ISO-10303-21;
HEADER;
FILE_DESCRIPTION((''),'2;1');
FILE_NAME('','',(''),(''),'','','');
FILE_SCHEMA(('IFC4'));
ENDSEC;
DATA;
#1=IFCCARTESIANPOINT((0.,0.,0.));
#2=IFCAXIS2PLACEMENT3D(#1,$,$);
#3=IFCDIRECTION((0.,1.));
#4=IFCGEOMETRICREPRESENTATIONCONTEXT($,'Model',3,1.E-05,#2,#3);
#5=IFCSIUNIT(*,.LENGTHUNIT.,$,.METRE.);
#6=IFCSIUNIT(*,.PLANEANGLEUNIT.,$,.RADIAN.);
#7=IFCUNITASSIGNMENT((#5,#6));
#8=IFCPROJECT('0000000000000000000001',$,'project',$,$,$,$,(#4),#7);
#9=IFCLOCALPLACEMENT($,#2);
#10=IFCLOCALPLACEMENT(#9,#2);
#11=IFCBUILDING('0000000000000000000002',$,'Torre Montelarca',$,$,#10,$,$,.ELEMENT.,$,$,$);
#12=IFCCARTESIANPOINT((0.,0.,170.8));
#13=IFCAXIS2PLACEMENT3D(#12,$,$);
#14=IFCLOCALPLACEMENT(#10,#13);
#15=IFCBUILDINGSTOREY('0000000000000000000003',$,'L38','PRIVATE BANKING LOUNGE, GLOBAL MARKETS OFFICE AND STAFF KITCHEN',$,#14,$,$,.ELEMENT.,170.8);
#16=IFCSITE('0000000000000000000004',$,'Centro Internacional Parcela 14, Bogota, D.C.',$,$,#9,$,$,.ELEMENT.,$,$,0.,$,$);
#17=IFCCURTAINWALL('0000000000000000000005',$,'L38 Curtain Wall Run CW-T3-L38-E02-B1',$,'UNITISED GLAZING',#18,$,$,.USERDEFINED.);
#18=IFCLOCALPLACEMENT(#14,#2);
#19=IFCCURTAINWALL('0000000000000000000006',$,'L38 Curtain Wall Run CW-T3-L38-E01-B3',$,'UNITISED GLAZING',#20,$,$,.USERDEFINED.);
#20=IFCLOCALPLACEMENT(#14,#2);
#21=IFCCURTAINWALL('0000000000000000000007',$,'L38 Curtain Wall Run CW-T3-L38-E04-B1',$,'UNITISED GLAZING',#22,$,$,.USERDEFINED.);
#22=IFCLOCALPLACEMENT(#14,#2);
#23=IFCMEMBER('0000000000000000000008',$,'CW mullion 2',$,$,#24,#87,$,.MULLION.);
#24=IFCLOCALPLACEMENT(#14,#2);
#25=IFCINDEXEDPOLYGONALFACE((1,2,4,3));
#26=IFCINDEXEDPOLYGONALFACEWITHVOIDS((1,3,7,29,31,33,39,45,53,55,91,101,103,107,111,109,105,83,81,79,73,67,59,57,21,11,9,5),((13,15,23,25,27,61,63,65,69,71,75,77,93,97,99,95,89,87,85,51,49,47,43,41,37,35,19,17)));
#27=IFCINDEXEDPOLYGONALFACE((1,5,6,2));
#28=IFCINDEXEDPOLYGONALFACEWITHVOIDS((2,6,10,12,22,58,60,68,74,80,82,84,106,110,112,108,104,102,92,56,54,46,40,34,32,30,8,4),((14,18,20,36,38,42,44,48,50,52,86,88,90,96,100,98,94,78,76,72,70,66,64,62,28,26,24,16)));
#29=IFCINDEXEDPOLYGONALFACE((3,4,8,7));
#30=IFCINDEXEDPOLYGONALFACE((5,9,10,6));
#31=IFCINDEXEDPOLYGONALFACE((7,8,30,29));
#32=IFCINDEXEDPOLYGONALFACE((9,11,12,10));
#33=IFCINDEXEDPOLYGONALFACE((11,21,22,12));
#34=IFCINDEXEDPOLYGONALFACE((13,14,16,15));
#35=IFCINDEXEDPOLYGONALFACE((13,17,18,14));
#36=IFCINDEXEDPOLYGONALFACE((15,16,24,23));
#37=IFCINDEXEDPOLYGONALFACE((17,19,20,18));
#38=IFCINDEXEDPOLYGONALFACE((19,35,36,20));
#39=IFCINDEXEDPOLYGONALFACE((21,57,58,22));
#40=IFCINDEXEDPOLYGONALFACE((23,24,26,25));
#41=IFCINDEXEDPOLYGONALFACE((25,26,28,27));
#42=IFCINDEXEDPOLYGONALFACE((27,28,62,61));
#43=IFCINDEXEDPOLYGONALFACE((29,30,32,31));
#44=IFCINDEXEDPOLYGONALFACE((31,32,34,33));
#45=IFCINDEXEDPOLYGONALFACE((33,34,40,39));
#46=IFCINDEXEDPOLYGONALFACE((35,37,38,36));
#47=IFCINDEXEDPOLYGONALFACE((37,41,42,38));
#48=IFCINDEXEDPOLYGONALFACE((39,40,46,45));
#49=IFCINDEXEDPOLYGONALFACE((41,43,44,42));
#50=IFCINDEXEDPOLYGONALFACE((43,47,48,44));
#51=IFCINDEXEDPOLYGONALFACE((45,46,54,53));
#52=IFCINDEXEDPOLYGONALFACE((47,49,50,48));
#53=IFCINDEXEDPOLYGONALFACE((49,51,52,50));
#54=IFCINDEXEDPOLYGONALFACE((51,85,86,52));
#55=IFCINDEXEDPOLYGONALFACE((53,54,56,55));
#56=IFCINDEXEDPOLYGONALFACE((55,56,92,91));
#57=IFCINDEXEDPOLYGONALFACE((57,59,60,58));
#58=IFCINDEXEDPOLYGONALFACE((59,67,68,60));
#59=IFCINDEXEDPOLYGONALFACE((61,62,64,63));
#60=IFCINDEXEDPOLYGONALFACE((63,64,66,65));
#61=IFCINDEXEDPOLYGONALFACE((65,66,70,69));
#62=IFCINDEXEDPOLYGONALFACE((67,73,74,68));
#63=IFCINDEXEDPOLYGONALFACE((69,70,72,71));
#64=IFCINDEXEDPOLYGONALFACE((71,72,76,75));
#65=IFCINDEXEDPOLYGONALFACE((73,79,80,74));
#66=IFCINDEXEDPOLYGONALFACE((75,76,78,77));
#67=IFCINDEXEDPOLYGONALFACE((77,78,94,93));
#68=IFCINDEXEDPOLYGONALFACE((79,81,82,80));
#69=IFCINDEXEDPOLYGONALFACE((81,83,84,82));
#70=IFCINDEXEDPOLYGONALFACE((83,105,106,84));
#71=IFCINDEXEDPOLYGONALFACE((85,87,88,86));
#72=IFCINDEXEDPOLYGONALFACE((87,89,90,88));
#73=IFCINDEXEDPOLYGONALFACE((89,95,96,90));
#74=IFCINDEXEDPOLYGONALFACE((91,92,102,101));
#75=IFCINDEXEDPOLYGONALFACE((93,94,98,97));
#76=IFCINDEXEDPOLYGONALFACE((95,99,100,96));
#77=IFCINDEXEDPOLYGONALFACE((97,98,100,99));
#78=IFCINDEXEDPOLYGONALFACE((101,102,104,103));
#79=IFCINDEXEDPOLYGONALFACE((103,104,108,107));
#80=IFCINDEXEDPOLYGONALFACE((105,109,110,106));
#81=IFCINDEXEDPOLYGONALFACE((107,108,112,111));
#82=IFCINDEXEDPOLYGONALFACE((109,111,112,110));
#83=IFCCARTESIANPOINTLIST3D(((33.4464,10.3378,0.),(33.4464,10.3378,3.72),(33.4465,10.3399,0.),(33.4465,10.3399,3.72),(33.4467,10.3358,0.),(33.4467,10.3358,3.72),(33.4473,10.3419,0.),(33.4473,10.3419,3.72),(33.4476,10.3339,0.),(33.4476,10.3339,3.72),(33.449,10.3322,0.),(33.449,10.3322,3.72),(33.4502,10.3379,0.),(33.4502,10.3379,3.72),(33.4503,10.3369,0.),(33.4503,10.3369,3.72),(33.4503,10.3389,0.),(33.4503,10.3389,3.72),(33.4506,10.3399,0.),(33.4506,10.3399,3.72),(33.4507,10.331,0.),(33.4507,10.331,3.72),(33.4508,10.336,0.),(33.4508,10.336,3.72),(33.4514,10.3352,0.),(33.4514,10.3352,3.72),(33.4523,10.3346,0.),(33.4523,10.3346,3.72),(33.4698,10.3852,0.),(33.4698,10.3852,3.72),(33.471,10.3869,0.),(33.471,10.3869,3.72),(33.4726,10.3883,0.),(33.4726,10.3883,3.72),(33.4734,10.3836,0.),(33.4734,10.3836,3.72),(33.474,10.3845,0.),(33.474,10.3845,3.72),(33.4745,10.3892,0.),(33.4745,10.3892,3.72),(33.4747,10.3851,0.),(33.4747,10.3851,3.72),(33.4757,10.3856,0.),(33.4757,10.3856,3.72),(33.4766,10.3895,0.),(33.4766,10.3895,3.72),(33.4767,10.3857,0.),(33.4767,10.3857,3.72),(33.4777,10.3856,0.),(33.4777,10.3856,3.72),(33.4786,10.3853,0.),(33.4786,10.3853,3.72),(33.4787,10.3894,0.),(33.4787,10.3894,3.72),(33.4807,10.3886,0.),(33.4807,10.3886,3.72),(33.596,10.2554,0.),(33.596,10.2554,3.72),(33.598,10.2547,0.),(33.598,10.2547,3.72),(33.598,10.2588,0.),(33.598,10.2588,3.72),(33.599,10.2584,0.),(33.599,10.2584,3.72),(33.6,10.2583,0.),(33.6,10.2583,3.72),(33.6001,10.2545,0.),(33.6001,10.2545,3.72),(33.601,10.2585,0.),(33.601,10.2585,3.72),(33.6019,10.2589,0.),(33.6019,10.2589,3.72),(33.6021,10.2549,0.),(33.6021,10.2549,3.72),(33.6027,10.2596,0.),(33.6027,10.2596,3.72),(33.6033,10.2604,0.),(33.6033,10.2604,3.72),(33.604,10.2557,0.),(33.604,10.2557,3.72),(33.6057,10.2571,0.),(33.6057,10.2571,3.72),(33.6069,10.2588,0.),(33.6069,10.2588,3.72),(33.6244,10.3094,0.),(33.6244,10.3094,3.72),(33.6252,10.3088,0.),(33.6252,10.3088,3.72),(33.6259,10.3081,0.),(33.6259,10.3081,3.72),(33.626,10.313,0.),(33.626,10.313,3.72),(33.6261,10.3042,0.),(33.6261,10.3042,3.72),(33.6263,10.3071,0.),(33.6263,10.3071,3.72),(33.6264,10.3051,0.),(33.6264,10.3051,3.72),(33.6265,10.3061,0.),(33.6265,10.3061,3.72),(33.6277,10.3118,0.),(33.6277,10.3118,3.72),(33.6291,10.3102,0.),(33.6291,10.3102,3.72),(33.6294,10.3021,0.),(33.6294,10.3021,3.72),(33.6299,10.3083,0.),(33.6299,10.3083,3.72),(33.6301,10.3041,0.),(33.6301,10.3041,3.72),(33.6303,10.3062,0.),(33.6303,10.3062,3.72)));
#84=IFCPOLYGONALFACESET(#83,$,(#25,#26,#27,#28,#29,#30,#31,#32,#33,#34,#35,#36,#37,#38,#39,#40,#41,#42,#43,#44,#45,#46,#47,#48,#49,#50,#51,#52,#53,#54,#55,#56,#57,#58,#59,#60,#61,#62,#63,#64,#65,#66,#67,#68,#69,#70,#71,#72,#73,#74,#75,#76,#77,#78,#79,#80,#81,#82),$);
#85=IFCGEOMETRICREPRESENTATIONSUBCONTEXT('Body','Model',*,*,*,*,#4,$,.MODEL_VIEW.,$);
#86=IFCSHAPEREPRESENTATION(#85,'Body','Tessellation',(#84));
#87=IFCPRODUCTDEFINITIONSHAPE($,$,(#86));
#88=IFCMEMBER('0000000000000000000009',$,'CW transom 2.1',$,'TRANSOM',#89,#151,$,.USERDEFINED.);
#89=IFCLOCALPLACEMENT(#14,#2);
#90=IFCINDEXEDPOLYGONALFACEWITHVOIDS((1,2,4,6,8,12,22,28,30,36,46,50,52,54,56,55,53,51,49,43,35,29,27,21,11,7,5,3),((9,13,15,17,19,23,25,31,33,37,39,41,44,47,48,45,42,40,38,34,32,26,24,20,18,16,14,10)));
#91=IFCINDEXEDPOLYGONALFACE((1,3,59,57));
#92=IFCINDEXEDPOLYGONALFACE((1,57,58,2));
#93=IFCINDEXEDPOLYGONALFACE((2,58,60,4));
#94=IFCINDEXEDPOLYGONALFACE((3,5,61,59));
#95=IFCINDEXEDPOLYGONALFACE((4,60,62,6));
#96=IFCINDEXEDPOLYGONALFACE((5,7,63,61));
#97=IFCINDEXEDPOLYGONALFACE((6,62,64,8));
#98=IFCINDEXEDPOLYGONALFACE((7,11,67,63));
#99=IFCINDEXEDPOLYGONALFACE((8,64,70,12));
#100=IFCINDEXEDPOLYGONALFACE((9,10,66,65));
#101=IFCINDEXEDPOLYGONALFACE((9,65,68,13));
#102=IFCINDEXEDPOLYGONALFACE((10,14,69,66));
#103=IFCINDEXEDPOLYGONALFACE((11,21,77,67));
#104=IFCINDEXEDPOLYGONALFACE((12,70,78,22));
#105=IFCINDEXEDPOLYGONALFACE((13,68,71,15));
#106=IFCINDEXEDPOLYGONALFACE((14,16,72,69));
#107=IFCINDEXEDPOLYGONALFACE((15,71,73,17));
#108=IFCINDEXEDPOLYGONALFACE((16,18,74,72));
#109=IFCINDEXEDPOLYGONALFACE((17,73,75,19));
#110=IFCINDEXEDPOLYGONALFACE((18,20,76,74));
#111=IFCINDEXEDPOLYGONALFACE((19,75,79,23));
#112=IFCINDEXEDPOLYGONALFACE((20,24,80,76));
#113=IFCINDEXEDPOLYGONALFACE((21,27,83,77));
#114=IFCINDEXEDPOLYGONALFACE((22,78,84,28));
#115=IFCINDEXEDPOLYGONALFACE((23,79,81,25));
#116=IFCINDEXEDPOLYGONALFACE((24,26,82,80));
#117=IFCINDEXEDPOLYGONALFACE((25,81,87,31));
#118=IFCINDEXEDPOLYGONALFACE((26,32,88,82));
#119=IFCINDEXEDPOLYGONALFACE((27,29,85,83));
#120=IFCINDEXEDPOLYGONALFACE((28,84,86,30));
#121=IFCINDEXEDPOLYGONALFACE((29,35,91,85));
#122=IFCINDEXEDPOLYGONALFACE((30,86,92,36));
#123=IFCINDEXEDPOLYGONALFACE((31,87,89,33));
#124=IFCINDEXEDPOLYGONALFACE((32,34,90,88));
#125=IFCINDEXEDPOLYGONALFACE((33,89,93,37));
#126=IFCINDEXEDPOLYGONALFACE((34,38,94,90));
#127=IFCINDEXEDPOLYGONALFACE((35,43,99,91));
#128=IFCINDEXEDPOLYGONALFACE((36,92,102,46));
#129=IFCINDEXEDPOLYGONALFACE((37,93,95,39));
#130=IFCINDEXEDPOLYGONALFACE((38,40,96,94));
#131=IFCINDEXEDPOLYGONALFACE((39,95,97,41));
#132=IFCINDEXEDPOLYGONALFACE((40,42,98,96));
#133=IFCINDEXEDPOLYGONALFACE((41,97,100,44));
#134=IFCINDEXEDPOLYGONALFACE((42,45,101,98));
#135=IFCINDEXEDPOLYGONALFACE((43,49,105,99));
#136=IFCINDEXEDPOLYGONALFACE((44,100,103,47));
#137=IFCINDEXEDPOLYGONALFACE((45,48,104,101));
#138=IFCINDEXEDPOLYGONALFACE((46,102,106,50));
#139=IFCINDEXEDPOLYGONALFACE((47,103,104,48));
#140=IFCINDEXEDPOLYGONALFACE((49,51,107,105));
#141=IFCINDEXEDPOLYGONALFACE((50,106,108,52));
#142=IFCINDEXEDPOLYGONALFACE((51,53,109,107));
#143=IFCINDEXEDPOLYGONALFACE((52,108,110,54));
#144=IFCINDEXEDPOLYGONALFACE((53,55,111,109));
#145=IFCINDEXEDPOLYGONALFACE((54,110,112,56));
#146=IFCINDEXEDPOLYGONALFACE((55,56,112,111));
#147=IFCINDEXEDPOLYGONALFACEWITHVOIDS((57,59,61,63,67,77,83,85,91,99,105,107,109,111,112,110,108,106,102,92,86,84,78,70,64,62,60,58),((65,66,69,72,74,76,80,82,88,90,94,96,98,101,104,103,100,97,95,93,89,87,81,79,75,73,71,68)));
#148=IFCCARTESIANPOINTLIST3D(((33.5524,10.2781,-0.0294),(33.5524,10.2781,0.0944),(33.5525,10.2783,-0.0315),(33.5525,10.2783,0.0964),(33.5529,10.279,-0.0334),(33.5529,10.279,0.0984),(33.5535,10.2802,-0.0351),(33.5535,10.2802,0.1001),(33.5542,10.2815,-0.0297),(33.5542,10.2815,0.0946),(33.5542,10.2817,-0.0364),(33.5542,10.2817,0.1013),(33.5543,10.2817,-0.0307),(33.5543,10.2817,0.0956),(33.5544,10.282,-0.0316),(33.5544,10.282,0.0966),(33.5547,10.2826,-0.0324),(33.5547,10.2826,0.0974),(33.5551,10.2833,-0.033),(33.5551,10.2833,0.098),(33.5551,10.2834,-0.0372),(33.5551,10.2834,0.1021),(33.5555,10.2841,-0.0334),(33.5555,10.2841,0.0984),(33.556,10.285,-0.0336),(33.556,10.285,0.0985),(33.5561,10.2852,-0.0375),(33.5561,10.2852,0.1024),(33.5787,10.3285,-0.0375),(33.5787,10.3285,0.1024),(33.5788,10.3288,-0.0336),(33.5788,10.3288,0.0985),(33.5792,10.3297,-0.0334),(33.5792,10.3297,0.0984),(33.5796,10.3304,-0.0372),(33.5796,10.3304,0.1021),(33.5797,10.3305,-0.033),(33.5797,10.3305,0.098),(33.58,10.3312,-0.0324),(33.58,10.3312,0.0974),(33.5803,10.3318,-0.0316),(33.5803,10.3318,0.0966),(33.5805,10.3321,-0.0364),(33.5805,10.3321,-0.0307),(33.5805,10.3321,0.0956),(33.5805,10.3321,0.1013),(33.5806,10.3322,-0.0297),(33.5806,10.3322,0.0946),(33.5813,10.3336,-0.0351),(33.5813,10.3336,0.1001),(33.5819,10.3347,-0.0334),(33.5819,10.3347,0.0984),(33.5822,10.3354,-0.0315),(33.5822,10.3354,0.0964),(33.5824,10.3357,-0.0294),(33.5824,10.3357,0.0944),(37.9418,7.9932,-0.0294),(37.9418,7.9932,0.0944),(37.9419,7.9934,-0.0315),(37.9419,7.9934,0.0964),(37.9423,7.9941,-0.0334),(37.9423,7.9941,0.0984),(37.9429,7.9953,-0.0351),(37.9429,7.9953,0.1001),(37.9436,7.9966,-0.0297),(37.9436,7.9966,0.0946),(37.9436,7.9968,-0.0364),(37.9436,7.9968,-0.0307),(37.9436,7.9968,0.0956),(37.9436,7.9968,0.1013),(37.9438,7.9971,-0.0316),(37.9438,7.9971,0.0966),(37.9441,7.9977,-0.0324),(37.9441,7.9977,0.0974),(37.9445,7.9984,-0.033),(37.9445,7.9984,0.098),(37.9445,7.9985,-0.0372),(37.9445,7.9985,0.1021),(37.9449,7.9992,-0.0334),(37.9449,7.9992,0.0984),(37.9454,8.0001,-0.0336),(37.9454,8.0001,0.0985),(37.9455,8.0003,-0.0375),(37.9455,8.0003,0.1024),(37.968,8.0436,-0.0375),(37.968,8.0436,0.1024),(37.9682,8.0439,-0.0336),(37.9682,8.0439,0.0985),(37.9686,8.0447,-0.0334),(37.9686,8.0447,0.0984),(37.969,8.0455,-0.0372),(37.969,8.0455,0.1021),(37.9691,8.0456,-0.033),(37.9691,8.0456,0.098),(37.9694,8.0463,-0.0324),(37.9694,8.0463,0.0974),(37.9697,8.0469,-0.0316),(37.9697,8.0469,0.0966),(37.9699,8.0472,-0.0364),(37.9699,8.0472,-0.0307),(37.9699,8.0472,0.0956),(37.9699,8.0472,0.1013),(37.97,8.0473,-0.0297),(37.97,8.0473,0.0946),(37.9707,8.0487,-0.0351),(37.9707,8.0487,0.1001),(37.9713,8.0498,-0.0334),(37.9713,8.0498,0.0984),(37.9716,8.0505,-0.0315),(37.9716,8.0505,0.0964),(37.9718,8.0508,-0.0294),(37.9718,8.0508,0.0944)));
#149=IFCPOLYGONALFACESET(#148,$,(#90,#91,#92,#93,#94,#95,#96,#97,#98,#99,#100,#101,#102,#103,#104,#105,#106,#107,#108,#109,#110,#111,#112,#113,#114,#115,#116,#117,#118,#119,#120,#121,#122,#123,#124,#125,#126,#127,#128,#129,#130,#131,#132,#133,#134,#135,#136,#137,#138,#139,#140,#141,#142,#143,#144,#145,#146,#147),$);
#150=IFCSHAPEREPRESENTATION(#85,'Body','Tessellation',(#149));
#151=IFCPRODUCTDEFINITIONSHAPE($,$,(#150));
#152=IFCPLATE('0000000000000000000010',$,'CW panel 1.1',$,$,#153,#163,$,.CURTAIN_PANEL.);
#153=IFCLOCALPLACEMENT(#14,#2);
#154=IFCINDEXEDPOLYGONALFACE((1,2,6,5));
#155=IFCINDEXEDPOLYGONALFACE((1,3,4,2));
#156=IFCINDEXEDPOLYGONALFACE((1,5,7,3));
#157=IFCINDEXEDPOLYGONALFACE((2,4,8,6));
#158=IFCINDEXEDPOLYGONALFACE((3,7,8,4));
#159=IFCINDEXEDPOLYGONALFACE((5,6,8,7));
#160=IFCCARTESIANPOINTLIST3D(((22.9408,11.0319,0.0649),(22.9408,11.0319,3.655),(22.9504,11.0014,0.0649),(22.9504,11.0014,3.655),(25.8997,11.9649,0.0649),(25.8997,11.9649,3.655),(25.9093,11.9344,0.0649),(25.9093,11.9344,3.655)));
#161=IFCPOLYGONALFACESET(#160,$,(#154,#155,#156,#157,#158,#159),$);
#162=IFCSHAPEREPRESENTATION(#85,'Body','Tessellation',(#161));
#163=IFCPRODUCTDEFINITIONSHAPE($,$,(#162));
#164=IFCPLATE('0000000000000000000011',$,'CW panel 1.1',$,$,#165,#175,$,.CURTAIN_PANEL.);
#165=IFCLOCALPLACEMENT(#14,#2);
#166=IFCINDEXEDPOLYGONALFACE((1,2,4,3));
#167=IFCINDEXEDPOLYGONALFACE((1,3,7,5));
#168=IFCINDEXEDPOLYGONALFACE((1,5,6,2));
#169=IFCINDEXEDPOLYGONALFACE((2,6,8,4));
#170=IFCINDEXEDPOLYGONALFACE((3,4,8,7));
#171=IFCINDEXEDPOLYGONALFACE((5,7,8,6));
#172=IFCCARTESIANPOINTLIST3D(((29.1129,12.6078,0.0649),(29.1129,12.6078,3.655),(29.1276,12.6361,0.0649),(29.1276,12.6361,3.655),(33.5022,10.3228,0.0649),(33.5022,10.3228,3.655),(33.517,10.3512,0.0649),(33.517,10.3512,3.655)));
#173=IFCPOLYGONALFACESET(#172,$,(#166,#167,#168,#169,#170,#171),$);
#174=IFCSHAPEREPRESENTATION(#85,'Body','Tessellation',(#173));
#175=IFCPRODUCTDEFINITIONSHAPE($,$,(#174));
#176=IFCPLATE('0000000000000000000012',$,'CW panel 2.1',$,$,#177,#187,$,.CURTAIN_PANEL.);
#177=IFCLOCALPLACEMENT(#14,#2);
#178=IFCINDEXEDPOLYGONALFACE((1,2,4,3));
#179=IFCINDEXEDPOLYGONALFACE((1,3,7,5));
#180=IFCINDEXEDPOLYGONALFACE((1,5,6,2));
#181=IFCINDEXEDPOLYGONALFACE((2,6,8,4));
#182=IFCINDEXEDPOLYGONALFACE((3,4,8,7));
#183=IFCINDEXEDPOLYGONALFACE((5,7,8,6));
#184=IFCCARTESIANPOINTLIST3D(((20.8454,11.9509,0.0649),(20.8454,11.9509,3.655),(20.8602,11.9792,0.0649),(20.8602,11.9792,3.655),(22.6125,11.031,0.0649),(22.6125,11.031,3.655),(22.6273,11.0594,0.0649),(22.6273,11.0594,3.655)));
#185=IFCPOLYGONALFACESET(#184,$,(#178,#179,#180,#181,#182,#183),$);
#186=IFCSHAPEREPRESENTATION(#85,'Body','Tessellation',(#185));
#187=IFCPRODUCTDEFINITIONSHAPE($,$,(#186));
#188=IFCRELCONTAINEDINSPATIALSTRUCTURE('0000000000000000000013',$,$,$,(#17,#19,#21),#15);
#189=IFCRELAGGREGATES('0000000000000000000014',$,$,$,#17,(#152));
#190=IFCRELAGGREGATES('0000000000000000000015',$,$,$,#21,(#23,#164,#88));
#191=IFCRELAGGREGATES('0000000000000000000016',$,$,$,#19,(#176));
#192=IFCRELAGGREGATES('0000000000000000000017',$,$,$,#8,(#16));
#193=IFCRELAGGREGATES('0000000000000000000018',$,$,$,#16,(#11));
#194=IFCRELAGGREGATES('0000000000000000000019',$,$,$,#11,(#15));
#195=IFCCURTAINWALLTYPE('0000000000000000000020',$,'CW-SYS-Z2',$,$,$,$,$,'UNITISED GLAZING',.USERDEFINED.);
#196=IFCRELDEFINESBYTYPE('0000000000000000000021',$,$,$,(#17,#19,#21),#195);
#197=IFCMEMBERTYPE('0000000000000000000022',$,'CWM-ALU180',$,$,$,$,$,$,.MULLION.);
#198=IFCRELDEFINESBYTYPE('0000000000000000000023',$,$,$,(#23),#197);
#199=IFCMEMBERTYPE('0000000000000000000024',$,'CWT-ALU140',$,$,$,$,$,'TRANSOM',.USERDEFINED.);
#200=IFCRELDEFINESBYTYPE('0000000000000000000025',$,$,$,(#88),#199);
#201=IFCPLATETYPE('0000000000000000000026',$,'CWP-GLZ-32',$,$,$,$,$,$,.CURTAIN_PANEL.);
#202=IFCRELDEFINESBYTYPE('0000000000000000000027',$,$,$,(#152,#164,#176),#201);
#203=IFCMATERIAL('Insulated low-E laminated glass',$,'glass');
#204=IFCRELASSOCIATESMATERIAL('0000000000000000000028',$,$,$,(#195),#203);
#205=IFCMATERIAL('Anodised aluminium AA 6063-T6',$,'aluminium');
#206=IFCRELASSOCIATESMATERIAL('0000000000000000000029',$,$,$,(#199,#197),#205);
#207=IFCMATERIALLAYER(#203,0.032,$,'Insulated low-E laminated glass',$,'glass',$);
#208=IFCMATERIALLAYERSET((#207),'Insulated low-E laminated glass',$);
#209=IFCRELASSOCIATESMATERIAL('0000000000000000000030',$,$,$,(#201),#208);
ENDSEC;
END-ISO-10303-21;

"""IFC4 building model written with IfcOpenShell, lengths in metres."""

from ifc_helpers import new_model, si_unit, direction, frame, origin, origin_2d, place, context, subcontext, project, spatial, rectangle, hollow_rectangle, extrude, source, transform, mapped, material, layer, layer_set, material_profile, profile_set, type_object, element, aggregate, save


model = new_model("IFC4")

# Units and contexts
model_context = context("Model", 3, precision=1e-05, world=origin(), true_north=direction((0.0, 1.0)))
body_context = subcontext(model_context, "Body", "Model", "MODEL_VIEW")
ifc_project = project(units=[si_unit("LENGTHUNIT", "METRE"), si_unit("PLANEANGLEUNIT", "RADIAN")], contexts=[model_context])

# Site, building, storey
site_placement = place(None, origin())
site = spatial("IfcSite", under=ifc_project, at=site_placement, Name="Centro Internacional Parcela 14, Bogota, D.C.", CompositionType="ELEMENT", RefElevation=0.0)
building_placement = place(site_placement, origin())
building = spatial("IfcBuilding", under=site, at=building_placement, Name="Torre Montelarca", CompositionType="ELEMENT")
storey_placement = place(building_placement, frame((0.0, 0.0, 170.8)))
storey = spatial("IfcBuildingStorey", under=building, at=storey_placement, Name="L38", Description="PRIVATE BANKING LOUNGE, GLOBAL MARKETS OFFICE AND STAFF KITCHEN", CompositionType="ELEMENT", Elevation=170.8)

# Curtain wall
ifc_material_1 = material(Name="Insulated low-E laminated glass", Category="glass")
curtain_wall_type = type_object("IfcCurtainWallType", Name="CW-SYS-Z2", ElementType="UNITISED GLAZING", PredefinedType="USERDEFINED", material=ifc_material_1)
curtain_wall_1_placement = place(storey_placement, origin())
curtain_wall_1 = element("IfcCurtainWall", 1, at=curtain_wall_1_placement, inside=storey, type_object=curtain_wall_type, Name="L38 Curtain Wall Run CW-T3-L38-E02-B1", ObjectType="UNITISED GLAZING", PredefinedType="USERDEFINED")
ifc_material_2 = material(Name="Anodised aluminium AA 6063-T6", Category="aluminium")
ifc_material_profile_1 = material_profile(ifc_material_2, hollow_rectangle(XDim=0.0649, YDim=0.1399, WallThickness=0.0039, InnerFilletRadius=0.0039, OuterFilletRadius=0.0081, at=origin_2d()), Name="ALU65X140X4", Category="aluminium")
ifc_profile_set_1 = profile_set([ifc_material_profile_1], Name="Anodised aluminium AA 6063-T6")
member_type_1 = type_object("IfcMemberType", Name="CWT-ALU140", ElementType="TRANSOM", PredefinedType="USERDEFINED", material=ifc_profile_set_1)

# Curtain wall
curtain_wall_2_placement = place(storey_placement, origin())
curtain_wall_2 = element("IfcCurtainWall", 2, at=curtain_wall_2_placement, inside=storey, type_object=curtain_wall_type, Name="L38 Curtain Wall Run CW-T3-L38-E01-B3", ObjectType="UNITISED GLAZING", PredefinedType="USERDEFINED")
ifc_material_profile_2 = material_profile(ifc_material_2, hollow_rectangle(XDim=0.0649, YDim=0.1799, WallThickness=0.0039, InnerFilletRadius=0.0039, OuterFilletRadius=0.0081, at=origin_2d()), Name="ALU65X180X4", Category="aluminium")
ifc_profile_set_2 = profile_set([ifc_material_profile_2], Name="Anodised aluminium AA 6063-T6")
member_type_2 = type_object("IfcMemberType", Name="CWM-ALU180", PredefinedType="MULLION", material=ifc_profile_set_2)
shared_shape_1 = source(origin(), body_context, "Body", "SweptSolid", [
    extrude(hollow_rectangle(XDim=0.0649, YDim=0.1799, WallThickness=0.0039, InnerFilletRadius=0.0039, OuterFilletRadius=0.0081, at=origin_2d()), origin(), (0.0, 0.0, 1.0), 3.72),
])

# Curtain wall, members
curtain_wall_3_placement = place(storey_placement, origin())
curtain_wall_3 = element("IfcCurtainWall", 3, at=curtain_wall_3_placement, inside=storey, type_object=curtain_wall_type, Name="L38 Curtain Wall Run CW-T3-L38-E04-B1", ObjectType="UNITISED GLAZING", PredefinedType="USERDEFINED")
member_1_placement = place(storey_placement, frame((33.5383, 10.322, 0.0), z_axis=(0.0, 0.0, 1.0), x_axis=(0.461744, 0.887013, 0.0)))
member_1 = element("IfcMember", 4, at=member_1_placement, type_object=member_type_2, Name="CW mullion 2", PredefinedType="MULLION", context=body_context, shape_type="MappedRepresentation", body=[
    mapped(shared_shape_1, transform((0.0, 0.0, 0.0), scale=1.0)),
])
shared_shape_2 = source(origin(), body_context, "Body", "SweptSolid", [
    extrude(hollow_rectangle(XDim=0.0649, YDim=0.1399, WallThickness=0.0039, InnerFilletRadius=0.0039, OuterFilletRadius=0.0081, at=origin_2d()), origin(), (0.0, 0.0, 1.0), 4.9485),
])
member_2_placement = place(storey_placement, frame((33.5674, 10.3069, 0.0325), z_axis=(0.887016, -0.461738, 0.0), x_axis=(0.461738, 0.887016, 0.0)))
member_2 = element("IfcMember", 5, at=member_2_placement, type_object=member_type_1, Name="CW transom 2.1", ObjectType="TRANSOM", PredefinedType="USERDEFINED", context=body_context, shape_type="MappedRepresentation", body=[
    mapped(shared_shape_2, transform((0.0, 0.0, 0.0), scale=1.0)),
])

# Plates
ifc_layer_1 = layer(ifc_material_1, 0.032, Name="Insulated low-E laminated glass", Category="glass")
ifc_layer_set_1 = layer_set([ifc_layer_1], Name="Insulated low-E laminated glass")
plate_type = type_object("IfcPlateType", Name="CWP-GLZ-32", PredefinedType="CURTAIN_PANEL", material=ifc_layer_set_1)
shared_shape_3 = source(origin(), body_context, "Body", "SweptSolid", [
    extrude(rectangle(XDim=3.1025, YDim=0.032, at=origin_2d()), origin(), (0.0, 0.0, 1.0), 3.5901),
])
plate_1_placement = place(storey_placement, frame((24.425, 11.4832, 0.0649), z_axis=(0.0, 0.0, 1.0), x_axis=(0.953718, 0.300703, 0.0)))
plate_1 = element("IfcPlate", 6, at=plate_1_placement, type_object=plate_type, Name="CW panel 1.1", PredefinedType="CURTAIN_PANEL", context=body_context, shape_type="MappedRepresentation", body=[
    mapped(shared_shape_3, transform((0.0, 0.0, 0.0), scale=1.0)),
])
aggregate(curtain_wall_1, [plate_1])
shared_shape_4 = source(origin(), body_context, "Body", "SweptSolid", [
    extrude(rectangle(XDim=4.9485, YDim=0.032, at=origin_2d()), origin(), (0.0, 0.0, 1.0), 3.5901),
])
plate_2_placement = place(storey_placement, frame((31.3149, 11.4795, 0.0649), z_axis=(0.0, 0.0, 1.0), x_axis=(0.887013, -0.461744, 0.0)))
plate_2 = element("IfcPlate", 7, at=plate_2_placement, type_object=plate_type, Name="CW panel 1.1", PredefinedType="CURTAIN_PANEL", context=body_context, shape_type="MappedRepresentation", body=[
    mapped(shared_shape_4, transform((0.0, 0.0, 0.0), scale=1.0)),
])
aggregate(curtain_wall_3, [member_1, plate_2, member_2])
shared_shape_5 = source(origin(), body_context, "Body", "SweptSolid", [
    extrude(rectangle(XDim=1.9922, YDim=0.032, at=origin_2d()), origin(), (0.0, 0.0, 1.0), 3.5901),
])
plate_3_placement = place(storey_placement, frame((21.7363, 11.5051, 0.0649), z_axis=(0.0, 0.0, 1.0), x_axis=(0.887015, -0.461741, 0.0)))
plate_3 = element("IfcPlate", 8, at=plate_3_placement, type_object=plate_type, Name="CW panel 2.1", PredefinedType="CURTAIN_PANEL", context=body_context, shape_type="MappedRepresentation", body=[
    mapped(shared_shape_5, transform((0.0, 0.0, 0.0), scale=1.0)),
])
aggregate(curtain_wall_2, [plate_3])

save(model, "model.ifc")
